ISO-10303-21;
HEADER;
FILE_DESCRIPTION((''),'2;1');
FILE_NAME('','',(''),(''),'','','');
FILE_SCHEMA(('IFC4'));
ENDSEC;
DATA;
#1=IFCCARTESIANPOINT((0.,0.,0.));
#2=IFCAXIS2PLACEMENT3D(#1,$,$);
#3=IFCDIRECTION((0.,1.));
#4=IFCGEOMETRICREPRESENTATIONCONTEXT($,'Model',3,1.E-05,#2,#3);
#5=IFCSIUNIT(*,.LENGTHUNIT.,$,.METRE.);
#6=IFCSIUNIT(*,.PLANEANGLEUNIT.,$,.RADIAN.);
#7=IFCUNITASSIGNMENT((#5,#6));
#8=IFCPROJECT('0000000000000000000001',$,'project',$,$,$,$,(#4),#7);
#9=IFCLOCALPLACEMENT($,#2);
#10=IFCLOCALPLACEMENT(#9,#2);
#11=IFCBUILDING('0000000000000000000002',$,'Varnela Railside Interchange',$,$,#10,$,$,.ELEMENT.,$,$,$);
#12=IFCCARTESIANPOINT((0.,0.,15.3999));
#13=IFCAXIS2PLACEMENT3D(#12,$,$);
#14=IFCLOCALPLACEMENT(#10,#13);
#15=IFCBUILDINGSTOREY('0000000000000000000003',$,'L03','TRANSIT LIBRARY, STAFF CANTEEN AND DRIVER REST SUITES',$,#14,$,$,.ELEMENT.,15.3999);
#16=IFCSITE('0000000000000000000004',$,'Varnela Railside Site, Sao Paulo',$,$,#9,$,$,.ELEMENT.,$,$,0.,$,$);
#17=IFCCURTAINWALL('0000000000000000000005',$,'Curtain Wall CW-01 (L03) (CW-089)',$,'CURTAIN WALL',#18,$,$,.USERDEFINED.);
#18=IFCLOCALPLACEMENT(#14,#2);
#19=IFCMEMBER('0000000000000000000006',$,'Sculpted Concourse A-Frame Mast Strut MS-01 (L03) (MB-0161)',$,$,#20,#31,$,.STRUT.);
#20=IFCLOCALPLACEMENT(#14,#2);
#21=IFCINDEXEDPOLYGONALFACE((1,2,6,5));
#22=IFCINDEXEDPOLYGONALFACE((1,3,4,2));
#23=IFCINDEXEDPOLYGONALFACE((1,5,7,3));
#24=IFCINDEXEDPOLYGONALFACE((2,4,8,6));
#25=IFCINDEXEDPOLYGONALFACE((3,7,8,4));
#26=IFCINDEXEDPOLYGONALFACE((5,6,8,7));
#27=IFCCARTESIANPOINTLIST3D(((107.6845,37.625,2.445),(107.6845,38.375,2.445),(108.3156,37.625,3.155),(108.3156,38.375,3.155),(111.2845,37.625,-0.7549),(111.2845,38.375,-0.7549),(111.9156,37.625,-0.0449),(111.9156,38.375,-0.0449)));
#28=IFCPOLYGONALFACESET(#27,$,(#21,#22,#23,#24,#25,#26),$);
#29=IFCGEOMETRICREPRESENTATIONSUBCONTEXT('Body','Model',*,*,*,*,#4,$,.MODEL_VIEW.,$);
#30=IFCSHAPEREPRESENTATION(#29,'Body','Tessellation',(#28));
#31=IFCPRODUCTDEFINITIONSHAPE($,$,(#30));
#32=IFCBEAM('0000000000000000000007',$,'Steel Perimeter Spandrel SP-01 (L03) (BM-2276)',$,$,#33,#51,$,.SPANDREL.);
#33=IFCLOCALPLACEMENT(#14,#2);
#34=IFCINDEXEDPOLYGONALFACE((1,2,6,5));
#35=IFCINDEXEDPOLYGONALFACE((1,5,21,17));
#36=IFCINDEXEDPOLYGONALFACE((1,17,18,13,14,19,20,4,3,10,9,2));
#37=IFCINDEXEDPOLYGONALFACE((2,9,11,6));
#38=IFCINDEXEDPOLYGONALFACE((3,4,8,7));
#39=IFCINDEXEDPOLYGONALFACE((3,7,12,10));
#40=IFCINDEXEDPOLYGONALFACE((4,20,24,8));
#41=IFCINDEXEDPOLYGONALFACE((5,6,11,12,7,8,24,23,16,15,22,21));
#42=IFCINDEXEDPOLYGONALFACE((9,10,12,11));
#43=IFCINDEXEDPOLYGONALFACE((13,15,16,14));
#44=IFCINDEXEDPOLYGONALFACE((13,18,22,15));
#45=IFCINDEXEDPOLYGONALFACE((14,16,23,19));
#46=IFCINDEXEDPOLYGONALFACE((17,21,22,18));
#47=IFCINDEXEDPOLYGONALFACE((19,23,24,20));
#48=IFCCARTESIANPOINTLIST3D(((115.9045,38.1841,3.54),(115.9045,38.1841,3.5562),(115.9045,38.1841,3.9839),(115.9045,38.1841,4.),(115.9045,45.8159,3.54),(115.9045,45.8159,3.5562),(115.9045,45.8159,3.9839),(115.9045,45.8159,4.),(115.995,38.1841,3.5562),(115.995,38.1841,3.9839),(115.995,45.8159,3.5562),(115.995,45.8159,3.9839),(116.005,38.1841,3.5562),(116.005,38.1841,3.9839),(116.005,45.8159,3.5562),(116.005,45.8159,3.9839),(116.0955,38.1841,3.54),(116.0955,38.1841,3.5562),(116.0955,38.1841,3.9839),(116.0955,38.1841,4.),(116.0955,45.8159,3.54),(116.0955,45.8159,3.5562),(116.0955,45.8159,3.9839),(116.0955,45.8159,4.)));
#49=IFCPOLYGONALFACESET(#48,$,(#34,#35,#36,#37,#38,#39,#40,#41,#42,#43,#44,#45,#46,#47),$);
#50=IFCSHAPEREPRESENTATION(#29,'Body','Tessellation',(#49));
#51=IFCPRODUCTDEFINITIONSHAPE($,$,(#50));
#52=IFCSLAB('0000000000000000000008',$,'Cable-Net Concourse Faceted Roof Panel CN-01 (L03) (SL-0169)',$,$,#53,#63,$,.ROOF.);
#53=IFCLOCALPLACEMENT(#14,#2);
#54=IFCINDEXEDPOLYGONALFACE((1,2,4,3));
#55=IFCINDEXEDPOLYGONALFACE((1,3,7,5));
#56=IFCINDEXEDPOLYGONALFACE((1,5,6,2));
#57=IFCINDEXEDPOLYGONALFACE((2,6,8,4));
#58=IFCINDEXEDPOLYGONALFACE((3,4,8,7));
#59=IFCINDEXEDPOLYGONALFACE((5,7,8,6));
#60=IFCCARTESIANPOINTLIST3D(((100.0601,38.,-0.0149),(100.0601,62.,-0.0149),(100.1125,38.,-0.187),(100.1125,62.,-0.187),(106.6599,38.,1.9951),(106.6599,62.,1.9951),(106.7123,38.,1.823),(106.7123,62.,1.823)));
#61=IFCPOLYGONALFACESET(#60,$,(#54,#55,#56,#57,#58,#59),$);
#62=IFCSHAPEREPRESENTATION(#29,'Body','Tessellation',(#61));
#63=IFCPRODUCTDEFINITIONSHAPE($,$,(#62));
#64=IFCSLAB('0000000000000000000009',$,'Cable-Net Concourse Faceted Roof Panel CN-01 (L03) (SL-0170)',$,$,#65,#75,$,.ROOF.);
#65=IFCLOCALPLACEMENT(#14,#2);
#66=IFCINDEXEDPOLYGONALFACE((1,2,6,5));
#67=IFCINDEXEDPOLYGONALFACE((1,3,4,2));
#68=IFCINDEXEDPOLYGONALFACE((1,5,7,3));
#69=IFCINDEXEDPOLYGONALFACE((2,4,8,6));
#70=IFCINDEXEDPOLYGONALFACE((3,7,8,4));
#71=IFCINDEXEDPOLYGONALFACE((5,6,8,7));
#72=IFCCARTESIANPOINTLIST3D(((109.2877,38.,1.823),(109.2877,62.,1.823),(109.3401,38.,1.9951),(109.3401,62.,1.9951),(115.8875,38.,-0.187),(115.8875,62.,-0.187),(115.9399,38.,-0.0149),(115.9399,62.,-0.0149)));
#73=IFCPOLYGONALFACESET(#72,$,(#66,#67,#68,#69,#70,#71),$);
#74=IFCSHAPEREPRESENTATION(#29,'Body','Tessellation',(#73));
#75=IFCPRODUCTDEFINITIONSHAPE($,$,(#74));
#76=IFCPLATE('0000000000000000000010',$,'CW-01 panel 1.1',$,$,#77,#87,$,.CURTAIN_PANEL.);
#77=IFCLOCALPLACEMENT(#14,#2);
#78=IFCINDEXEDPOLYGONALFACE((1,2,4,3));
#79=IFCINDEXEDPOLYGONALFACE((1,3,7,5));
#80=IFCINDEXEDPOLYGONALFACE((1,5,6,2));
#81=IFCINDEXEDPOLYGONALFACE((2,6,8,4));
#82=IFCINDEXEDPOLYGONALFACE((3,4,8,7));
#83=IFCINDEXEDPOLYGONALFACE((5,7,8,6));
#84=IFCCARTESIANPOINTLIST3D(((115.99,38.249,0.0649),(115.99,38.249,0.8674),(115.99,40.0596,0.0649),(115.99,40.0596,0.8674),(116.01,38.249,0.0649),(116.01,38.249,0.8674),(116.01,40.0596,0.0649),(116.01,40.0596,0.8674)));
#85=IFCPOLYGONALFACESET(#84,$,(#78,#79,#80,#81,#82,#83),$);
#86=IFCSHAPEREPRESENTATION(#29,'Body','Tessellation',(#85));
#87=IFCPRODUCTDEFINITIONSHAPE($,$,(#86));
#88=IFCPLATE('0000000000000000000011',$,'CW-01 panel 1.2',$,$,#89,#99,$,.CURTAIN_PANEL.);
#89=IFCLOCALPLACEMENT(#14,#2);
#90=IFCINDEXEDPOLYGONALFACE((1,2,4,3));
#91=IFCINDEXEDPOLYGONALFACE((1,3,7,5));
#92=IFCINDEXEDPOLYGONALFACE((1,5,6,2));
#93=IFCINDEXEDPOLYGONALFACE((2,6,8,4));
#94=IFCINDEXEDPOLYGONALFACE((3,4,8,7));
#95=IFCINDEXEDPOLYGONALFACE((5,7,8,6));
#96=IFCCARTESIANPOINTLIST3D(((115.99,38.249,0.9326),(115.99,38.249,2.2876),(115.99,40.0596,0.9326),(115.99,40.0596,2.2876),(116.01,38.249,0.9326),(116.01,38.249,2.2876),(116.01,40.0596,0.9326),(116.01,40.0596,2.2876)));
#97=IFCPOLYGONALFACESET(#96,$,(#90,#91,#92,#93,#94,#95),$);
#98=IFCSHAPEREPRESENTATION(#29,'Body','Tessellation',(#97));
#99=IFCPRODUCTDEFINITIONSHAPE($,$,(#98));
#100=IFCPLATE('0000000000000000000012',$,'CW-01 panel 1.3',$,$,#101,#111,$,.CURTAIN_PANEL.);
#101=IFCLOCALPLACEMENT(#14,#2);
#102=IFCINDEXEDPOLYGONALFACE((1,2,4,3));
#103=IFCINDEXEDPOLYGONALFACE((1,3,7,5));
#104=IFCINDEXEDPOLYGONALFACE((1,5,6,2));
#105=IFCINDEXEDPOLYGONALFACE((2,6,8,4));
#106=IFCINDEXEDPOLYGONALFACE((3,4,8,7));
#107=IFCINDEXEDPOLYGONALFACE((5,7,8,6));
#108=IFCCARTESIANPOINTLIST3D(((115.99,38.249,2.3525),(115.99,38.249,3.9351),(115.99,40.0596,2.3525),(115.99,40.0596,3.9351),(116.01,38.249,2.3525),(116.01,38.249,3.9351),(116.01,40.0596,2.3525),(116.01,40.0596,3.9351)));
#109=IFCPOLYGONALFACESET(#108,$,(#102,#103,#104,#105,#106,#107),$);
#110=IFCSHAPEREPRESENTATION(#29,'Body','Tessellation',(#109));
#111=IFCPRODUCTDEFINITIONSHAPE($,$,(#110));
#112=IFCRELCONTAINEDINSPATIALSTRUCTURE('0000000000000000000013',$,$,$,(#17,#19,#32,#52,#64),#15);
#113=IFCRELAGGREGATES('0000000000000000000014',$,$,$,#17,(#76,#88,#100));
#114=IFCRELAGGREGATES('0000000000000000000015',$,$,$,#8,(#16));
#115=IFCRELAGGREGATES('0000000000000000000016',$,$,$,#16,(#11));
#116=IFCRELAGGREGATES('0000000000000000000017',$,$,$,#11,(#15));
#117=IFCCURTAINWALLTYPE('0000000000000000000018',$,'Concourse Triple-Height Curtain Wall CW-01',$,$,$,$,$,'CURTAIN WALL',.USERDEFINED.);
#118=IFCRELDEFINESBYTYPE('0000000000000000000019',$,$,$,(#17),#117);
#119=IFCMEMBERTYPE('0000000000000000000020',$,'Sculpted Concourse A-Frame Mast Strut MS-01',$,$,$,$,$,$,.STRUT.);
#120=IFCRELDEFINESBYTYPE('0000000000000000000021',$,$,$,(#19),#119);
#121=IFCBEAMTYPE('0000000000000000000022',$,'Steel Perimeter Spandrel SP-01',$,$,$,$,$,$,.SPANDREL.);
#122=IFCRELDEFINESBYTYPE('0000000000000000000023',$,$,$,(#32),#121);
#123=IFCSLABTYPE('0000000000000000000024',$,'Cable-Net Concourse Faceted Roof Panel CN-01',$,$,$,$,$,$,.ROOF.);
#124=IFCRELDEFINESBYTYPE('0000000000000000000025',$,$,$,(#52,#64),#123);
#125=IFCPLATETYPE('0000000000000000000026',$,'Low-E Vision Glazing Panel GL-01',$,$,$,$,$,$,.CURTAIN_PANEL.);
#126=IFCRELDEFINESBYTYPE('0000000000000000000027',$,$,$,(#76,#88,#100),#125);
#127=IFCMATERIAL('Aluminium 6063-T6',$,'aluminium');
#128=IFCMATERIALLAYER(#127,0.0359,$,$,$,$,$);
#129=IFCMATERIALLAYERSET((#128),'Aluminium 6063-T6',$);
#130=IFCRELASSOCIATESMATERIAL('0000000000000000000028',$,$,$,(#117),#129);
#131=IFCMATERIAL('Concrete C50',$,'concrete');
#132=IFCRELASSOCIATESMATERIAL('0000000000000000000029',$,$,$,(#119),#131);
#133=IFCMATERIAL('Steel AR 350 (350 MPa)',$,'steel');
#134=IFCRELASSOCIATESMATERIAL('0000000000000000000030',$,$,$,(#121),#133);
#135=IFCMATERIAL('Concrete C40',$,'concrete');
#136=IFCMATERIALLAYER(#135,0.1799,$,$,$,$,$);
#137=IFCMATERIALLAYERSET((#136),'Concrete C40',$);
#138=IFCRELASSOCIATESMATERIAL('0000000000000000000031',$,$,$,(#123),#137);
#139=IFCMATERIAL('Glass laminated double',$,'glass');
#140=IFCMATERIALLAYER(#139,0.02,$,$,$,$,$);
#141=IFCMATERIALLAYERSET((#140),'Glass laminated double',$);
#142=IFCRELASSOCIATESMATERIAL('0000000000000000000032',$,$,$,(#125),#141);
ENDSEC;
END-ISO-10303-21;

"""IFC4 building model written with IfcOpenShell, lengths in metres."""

from ifc_helpers import new_model, si_unit, direction, frame, origin, origin_2d, place, context, subcontext, project, spatial, polyline, rectangle, i_section, outline, extrude, material, layer, layer_set, material_profile, profile_set, type_object, element, aggregate, save


model = new_model("IFC4")

# Units and contexts
model_context = context("Model", 3, precision=1e-05, world=origin(), true_north=direction((0.0, 1.0)))
body_context = subcontext(model_context, "Body", "Model", "MODEL_VIEW")
ifc_project = project(units=[si_unit("LENGTHUNIT", "METRE"), si_unit("PLANEANGLEUNIT", "RADIAN")], contexts=[model_context])

# Site, building, storey
site_placement = place(None, origin())
site = spatial("IfcSite", under=ifc_project, at=site_placement, Name="Varnela Railside Site, Sao Paulo", CompositionType="ELEMENT", RefElevation=0.0)
building_placement = place(site_placement, origin())
building = spatial("IfcBuilding", under=site, at=building_placement, Name="Varnela Railside Interchange", CompositionType="ELEMENT")
storey_placement = place(building_placement, frame((0.0, 0.0, 15.3999)))
storey = spatial("IfcBuildingStorey", under=building, at=storey_placement, Name="L03", Description="TRANSIT LIBRARY, STAFF CANTEEN AND DRIVER REST SUITES", CompositionType="ELEMENT", Elevation=15.3999)

# Shared definitions
ifc_material_1 = material(Name="Steel AR 350 (350 MPa)", Category="steel")

# Shared definitions
ifc_material_2 = material(Name="Concrete C40", Category="concrete")

# Curtain wall
ifc_material_3 = material(Name="Aluminium 6063-T6", Category="aluminium")
ifc_layer_1 = layer(ifc_material_3, 0.0359)
ifc_layer_set_1 = layer_set([ifc_layer_1], Name="Aluminium 6063-T6")
curtain_wall_type = type_object("IfcCurtainWallType", Name="Concourse Triple-Height Curtain Wall CW-01", ElementType="CURTAIN WALL", PredefinedType="USERDEFINED", material=ifc_layer_set_1)
curtain_wall_placement = place(storey_placement, origin())
curtain_wall = element("IfcCurtainWall", 1, at=curtain_wall_placement, inside=storey, type_object=curtain_wall_type, Name="Curtain Wall CW-01 (L03) (CW-089)", ObjectType="CURTAIN WALL", PredefinedType="USERDEFINED")

# Member
ifc_material_4 = material(Name="Concrete C50", Category="concrete")
ifc_material_profile_1 = material_profile(ifc_material_4, rectangle(XDim=0.75, YDim=0.95, at=origin_2d()), Name="RC 750x950")
ifc_profile_set_1 = profile_set([ifc_material_profile_1], Name="Concrete C50")
member_type_1 = type_object("IfcMemberType", Name="Sculpted Concourse A-Frame Mast Strut MS-01", PredefinedType="STRUT", material=ifc_profile_set_1)
for number, where, z_axis, x_axis, name in (
    (2, (111.6001, 38.0, -0.3999), (-0.747423, 0.0, 0.664348), (0.0, -1.0, 0.0), "Sculpted Concourse A-Frame Mast Strut MS-01 (L03) (MB-0161)"),
):
    element("IfcMember", number, at=place(storey_placement, frame(where, z_axis=z_axis, x_axis=x_axis)), inside=storey, type_object=member_type_1, Name=name, PredefinedType="STRUT", context=body_context, shape_type="SweptSolid", body=[
        extrude(rectangle(XDim=0.75, YDim=0.95, at=origin_2d()), origin(), (0.0, 0.0, 1.0), 4.8167),
    ])

# Beam
ifc_material_profile_2 = material_profile(ifc_material_1, i_section(OverallWidth=0.1909, OverallDepth=0.46, WebThickness=0.01, FlangeThickness=0.0161, at=origin_2d()), Name="W460x82")
ifc_profile_set_2 = profile_set([ifc_material_profile_2], Name="Steel AR 350 (350 MPa)")
beam_type_1 = type_object("IfcBeamType", Name="Steel Perimeter Spandrel SP-01", PredefinedType="SPANDREL", material=ifc_profile_set_2)
beam_1_placement = place(storey_placement, frame((116.0, 38.1841, 3.77), z_axis=(0.0, 1.0, 0.0), x_axis=(-1.0, 0.0, 0.0)))
element("IfcBeam", 3, at=beam_1_placement, inside=storey, type_object=beam_type_1, Name="Steel Perimeter Spandrel SP-01 (L03) (BM-2276)", PredefinedType="SPANDREL", context=body_context, shape_type="SweptSolid", body=[
    extrude(i_section(OverallWidth=0.1909, OverallDepth=0.46, WebThickness=0.01, FlangeThickness=0.0161, at=origin_2d()), origin(), (0.0, 0.0, 1.0), 7.6318),
])

# Slabs
ifc_layer_2 = layer(ifc_material_2, 0.1799)
ifc_layer_set_2 = layer_set([ifc_layer_2], Name="Concrete C40")
slab_type = type_object("IfcSlabType", Name="Cable-Net Concourse Faceted Roof Panel CN-01", PredefinedType="ROOF", material=ifc_layer_set_2)
for number, where, z_axis, x_axis, name in (
    (4, (100.0601, 38.0, -0.0149), (-0.291342, 0.0, 0.956619), (0.956619, 0.0, 0.291342), "Cable-Net Concourse Faceted Roof Panel CN-01 (L03) (SL-0169)"),
    (5, (109.3401, 38.0, 1.9951), (0.291342, 0.0, 0.956619), (0.956619, 0.0, -0.291342), "Cable-Net Concourse Faceted Roof Panel CN-01 (L03) (SL-0170)"),
):
    element("IfcSlab", number, at=place(storey_placement, frame(where, z_axis=z_axis, x_axis=x_axis)), inside=storey, type_object=slab_type, Name=name, PredefinedType="ROOF", context=body_context, shape_type="SweptSolid", body=[
        extrude(outline(polyline([(0.0, 0.0), (6.8991, 0.0), (6.8991, 24.0), (0.0, 24.0), (0.0, 0.0)])), origin(), (0.0, 0.0, -1.0), 0.1799),
    ])

# Plates
ifc_material_5 = material(Name="Glass laminated double", Category="glass")
ifc_layer_3 = layer(ifc_material_5, 0.02)
ifc_layer_set_3 = layer_set([ifc_layer_3], Name="Glass laminated double")
plate_type = type_object("IfcPlateType", Name="Low-E Vision Glazing Panel GL-01", PredefinedType="CURTAIN_PANEL", material=ifc_layer_set_3)
plate_1_placement = place(storey_placement, frame((116.0, 39.1543, 0.0649), z_axis=(0.0, 0.0, 1.0), x_axis=(0.0, 1.0, 0.0)))
plate_1 = element("IfcPlate", 6, at=plate_1_placement, type_object=plate_type, Name="CW-01 panel 1.1", PredefinedType="CURTAIN_PANEL", context=body_context, shape_type="SweptSolid", body=[
    extrude(rectangle(XDim=1.8105, YDim=0.02, at=origin_2d()), origin(), (0.0, 0.0, 1.0), 0.8025),
])
plate_2_placement = place(storey_placement, frame((116.0, 39.1543, 0.9326), z_axis=(0.0, 0.0, 1.0), x_axis=(0.0, 1.0, 0.0)))
plate_2 = element("IfcPlate", 7, at=plate_2_placement, type_object=plate_type, Name="CW-01 panel 1.2", PredefinedType="CURTAIN_PANEL", context=body_context, shape_type="SweptSolid", body=[
    extrude(rectangle(XDim=1.8105, YDim=0.02, at=origin_2d()), origin(), (0.0, 0.0, 1.0), 1.355),
])
plate_3_placement = place(storey_placement, frame((116.0, 39.1543, 2.3525), z_axis=(0.0, 0.0, 1.0), x_axis=(0.0, 1.0, 0.0)))
plate_3 = element("IfcPlate", 8, at=plate_3_placement, type_object=plate_type, Name="CW-01 panel 1.3", PredefinedType="CURTAIN_PANEL", context=body_context, shape_type="SweptSolid", body=[
    extrude(rectangle(XDim=1.8105, YDim=0.02, at=origin_2d()), origin(), (0.0, 0.0, 1.0), 1.5825),
])
aggregate(curtain_wall, [plate_1, plate_2, plate_3])

save(model, "model.ifc")
